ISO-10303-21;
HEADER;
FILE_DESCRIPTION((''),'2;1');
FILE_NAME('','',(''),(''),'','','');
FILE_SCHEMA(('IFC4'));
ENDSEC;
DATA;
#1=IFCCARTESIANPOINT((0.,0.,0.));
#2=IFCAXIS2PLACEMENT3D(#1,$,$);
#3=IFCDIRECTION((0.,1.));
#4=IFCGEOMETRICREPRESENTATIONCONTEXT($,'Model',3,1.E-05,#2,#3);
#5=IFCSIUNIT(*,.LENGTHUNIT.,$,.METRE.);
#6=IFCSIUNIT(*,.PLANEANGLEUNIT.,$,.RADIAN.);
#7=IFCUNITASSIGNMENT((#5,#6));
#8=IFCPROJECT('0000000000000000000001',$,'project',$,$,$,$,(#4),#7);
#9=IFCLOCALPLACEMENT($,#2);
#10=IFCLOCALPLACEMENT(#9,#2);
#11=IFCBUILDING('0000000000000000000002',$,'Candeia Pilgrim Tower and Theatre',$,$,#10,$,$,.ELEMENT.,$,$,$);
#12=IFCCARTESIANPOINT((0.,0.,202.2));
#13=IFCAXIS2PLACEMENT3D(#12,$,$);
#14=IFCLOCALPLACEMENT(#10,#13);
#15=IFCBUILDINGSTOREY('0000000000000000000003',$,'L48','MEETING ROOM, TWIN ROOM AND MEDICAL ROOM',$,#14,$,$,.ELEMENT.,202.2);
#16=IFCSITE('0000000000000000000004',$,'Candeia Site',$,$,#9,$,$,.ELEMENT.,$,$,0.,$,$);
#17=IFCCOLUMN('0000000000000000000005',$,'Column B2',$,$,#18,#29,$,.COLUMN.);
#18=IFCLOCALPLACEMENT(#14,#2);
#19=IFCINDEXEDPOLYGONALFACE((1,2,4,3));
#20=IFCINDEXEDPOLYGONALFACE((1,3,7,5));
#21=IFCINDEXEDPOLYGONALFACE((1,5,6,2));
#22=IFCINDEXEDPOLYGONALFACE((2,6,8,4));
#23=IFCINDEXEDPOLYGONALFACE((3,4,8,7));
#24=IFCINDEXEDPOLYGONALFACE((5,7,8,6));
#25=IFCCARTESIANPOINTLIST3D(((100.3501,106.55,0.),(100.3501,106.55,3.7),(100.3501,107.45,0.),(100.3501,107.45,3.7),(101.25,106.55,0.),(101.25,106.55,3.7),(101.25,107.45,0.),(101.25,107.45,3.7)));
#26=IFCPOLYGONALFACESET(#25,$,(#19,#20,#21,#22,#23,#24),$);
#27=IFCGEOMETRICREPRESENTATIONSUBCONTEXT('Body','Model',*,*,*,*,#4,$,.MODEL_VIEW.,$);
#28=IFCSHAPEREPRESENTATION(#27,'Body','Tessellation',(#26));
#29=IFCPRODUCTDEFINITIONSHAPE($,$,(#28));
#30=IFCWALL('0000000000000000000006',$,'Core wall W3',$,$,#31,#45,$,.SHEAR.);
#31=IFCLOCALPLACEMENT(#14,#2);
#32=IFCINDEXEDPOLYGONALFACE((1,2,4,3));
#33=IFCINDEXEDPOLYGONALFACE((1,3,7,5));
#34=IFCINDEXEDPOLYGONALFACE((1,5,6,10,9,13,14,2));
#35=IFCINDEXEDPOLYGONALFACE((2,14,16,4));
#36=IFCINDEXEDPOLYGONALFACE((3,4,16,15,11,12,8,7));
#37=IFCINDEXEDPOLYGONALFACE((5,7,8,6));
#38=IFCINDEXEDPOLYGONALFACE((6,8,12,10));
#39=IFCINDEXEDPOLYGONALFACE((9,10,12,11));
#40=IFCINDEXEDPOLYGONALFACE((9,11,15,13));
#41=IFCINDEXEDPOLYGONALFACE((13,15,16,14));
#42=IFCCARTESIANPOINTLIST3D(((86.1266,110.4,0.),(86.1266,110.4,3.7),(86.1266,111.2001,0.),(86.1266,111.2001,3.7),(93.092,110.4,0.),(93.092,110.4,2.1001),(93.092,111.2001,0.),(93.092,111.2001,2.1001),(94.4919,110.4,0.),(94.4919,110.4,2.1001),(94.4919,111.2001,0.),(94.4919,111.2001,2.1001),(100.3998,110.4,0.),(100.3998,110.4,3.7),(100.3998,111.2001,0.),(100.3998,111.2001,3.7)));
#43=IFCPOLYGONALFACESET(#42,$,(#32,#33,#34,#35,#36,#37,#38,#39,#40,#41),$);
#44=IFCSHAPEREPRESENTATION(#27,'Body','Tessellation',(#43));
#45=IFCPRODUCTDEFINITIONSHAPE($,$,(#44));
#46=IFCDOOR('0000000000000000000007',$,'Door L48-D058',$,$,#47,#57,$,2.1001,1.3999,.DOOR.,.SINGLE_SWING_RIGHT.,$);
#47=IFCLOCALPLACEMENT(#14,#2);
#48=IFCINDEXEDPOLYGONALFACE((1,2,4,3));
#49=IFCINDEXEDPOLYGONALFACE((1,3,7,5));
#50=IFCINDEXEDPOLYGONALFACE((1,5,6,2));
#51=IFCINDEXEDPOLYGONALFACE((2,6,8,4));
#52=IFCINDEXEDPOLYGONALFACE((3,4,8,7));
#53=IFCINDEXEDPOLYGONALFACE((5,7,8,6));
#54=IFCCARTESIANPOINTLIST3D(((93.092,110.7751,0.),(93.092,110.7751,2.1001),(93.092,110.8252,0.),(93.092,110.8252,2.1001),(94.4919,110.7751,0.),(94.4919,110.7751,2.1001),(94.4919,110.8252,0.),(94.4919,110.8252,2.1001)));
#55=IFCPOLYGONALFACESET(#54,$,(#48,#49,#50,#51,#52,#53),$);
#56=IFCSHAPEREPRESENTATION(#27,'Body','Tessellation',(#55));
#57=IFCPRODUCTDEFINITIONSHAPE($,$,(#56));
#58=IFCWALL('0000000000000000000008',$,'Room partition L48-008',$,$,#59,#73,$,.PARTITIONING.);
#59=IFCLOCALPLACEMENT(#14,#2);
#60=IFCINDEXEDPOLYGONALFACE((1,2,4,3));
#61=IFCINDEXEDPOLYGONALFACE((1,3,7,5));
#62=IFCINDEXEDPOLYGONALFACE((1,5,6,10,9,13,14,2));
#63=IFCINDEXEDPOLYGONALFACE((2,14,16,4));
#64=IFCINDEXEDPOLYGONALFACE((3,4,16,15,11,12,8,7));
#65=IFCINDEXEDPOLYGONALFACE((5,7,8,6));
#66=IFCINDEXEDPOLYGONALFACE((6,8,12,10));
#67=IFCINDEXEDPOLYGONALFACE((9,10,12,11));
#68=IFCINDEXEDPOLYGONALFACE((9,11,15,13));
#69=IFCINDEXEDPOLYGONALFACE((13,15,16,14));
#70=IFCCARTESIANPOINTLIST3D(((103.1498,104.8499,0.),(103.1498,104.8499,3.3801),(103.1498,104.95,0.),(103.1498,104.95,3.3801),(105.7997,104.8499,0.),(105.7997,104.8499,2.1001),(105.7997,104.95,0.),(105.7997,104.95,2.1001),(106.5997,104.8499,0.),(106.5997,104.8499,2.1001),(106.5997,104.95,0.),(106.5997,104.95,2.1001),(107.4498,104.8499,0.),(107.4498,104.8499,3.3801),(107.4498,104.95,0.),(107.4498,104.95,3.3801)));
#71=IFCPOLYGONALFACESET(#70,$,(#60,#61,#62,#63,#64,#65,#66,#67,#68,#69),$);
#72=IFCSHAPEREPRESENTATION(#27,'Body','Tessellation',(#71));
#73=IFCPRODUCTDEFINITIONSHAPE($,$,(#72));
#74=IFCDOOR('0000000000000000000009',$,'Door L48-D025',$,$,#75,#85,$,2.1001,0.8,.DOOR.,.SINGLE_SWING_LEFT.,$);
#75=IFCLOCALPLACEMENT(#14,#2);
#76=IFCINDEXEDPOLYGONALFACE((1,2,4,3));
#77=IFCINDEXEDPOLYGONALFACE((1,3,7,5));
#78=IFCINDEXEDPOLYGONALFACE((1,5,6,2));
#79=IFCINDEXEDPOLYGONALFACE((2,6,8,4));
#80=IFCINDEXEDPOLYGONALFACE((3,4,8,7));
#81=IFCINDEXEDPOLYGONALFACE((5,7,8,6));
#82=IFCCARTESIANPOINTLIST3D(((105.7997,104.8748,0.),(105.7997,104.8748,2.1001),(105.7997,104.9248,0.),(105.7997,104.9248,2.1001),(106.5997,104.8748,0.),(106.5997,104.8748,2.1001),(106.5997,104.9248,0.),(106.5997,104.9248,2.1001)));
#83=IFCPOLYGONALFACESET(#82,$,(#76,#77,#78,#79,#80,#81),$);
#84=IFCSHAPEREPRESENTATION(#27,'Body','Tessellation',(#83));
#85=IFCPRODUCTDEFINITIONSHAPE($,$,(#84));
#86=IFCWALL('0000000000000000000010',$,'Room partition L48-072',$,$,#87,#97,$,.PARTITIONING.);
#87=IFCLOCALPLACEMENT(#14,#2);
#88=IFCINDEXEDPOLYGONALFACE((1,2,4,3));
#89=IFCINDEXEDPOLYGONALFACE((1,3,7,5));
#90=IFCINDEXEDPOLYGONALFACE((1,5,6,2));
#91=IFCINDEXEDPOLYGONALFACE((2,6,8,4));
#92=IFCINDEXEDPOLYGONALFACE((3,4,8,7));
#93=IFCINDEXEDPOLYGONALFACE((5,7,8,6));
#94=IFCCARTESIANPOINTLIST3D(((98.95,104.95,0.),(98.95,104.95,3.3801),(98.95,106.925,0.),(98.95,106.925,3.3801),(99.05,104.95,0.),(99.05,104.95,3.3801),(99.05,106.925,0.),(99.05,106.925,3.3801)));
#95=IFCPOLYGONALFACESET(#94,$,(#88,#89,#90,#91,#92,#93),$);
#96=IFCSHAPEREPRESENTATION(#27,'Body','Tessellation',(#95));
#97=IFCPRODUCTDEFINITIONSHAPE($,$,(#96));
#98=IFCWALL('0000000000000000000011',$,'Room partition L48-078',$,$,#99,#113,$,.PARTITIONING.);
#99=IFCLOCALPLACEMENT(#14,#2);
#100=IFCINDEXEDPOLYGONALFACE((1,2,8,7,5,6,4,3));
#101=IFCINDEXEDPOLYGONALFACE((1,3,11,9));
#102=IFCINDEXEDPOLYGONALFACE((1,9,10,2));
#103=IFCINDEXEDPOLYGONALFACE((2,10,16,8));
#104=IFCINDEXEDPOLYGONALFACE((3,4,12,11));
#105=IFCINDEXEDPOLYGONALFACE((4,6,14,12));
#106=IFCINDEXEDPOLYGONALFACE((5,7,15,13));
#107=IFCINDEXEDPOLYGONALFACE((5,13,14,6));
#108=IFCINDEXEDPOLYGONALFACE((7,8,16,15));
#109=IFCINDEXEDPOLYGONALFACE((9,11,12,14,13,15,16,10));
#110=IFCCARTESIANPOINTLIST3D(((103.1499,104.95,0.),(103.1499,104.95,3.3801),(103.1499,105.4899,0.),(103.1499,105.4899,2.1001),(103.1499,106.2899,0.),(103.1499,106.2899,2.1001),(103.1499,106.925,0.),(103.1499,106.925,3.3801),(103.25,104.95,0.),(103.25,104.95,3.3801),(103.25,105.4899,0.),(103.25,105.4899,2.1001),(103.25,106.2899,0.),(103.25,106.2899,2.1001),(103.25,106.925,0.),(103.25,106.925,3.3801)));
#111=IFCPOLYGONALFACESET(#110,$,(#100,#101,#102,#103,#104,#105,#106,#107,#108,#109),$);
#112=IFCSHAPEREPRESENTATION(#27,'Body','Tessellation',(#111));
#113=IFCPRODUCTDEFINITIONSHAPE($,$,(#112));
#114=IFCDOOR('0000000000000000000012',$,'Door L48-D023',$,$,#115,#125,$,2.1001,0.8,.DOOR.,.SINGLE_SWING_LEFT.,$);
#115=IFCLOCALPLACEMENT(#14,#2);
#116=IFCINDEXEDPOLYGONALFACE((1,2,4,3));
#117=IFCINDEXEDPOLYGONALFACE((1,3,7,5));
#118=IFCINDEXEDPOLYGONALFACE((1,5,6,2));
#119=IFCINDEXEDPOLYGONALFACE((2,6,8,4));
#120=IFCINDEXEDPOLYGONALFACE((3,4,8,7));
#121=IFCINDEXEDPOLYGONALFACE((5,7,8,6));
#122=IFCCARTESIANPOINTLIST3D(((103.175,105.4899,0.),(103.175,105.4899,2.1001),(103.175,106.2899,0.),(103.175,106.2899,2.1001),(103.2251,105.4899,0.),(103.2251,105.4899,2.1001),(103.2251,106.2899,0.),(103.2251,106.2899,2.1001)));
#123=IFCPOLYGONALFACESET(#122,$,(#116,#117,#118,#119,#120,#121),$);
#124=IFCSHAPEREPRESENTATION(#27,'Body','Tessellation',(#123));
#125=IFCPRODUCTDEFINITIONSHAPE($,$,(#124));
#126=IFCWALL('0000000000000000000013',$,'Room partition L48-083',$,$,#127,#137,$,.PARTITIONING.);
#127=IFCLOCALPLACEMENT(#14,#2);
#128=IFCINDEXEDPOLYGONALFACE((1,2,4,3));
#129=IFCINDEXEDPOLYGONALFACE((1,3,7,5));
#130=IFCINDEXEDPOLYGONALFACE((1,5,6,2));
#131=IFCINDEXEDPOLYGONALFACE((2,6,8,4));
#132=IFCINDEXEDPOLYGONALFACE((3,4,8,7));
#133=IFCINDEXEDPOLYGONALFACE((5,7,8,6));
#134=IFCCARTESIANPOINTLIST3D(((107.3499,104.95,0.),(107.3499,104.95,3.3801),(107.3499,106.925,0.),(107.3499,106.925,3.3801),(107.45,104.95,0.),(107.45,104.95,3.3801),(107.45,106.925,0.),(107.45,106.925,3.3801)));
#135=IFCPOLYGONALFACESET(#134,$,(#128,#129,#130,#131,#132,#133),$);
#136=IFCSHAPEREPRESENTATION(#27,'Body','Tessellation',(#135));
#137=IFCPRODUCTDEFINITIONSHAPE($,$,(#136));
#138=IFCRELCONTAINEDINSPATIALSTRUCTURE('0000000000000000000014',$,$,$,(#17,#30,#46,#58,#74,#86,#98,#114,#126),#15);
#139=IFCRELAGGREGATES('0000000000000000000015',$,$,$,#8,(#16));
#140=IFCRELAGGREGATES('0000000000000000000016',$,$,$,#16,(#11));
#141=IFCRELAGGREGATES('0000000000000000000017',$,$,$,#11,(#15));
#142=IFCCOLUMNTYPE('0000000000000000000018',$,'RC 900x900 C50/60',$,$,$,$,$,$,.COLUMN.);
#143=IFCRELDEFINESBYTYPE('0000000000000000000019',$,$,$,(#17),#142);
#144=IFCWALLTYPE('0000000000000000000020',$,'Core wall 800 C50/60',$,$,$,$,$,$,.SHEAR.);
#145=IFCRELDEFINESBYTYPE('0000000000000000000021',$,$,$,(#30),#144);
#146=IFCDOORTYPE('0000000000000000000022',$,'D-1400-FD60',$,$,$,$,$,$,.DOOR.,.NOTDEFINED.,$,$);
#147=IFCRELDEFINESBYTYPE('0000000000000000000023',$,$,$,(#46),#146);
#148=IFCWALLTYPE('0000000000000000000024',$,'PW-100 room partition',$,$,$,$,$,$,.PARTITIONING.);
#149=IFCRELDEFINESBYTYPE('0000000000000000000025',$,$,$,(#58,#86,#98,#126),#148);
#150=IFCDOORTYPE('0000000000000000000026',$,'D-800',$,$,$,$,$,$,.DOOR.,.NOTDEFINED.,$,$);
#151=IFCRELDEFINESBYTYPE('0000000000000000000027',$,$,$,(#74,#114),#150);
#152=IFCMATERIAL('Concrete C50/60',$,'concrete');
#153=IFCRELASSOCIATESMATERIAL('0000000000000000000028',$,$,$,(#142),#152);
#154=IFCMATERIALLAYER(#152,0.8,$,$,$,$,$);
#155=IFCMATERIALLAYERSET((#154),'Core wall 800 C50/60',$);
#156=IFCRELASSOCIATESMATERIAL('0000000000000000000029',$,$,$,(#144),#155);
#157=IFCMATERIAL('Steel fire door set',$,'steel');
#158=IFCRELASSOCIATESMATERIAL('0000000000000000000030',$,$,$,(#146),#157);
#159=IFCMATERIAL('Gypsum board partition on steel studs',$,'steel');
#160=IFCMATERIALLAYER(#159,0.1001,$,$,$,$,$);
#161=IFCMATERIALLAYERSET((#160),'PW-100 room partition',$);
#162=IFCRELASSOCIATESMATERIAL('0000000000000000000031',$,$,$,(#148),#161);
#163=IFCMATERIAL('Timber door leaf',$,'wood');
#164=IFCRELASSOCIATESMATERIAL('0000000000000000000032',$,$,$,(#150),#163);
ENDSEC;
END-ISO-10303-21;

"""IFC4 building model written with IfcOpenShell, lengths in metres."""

from ifc_helpers import new_model, si_unit, direction, frame, frame_2d, origin, origin_2d, place, context, subcontext, project, spatial, rectangle, extrude, material, layer, layer_set, material_profile, profile_set, type_object, element, fill, save


model = new_model("IFC4")

# Units and contexts
model_context = context("Model", 3, precision=1e-05, world=origin(), true_north=direction((0.0, 1.0)))
body_context = subcontext(model_context, "Body", "Model", "MODEL_VIEW")
ifc_project = project(units=[si_unit("LENGTHUNIT", "METRE"), si_unit("PLANEANGLEUNIT", "RADIAN")], contexts=[model_context])

# Site, building, storey
site_placement = place(None, origin())
site = spatial("IfcSite", under=ifc_project, at=site_placement, Name="Candeia Site", CompositionType="ELEMENT", RefElevation=0.0)
building_placement = place(site_placement, origin())
building = spatial("IfcBuilding", under=site, at=building_placement, Name="Candeia Pilgrim Tower and Theatre", CompositionType="ELEMENT")
storey_placement = place(building_placement, frame((0.0, 0.0, 202.2)))
storey = spatial("IfcBuildingStorey", under=building, at=storey_placement, Name="L48", Description="MEETING ROOM, TWIN ROOM AND MEDICAL ROOM", CompositionType="ELEMENT", Elevation=202.2)

# Column
ifc_material_1 = material(Name="Concrete C50/60", Category="concrete")
ifc_material_profile = material_profile(ifc_material_1, rectangle(XDim=0.8999, YDim=0.8999, at=origin_2d()))
ifc_profile_set = profile_set([ifc_material_profile], Name="Concrete C50/60")
column_type = type_object("IfcColumnType", Name="RC 900x900 C50/60", PredefinedType="COLUMN", material=ifc_profile_set)
column_placement = place(storey_placement, frame((100.8, 107.0, 0.0), z_axis=(0.0, 0.0, 1.0), x_axis=(1.0, 0.0, 0.0)))
element("IfcColumn", 1, at=column_placement, inside=storey, type_object=column_type, Name="Column B2", PredefinedType="COLUMN", context=body_context, shape_type="SweptSolid", body=[
    extrude(rectangle(XDim=0.8999, YDim=0.8999, at=origin_2d()), origin(), (0.0, 0.0, 1.0), 3.7),
])

# Walls, openings, doors
ifc_layer_1 = layer(ifc_material_1, 0.8)
ifc_layer_set_1 = layer_set([ifc_layer_1], Name="Core wall 800 C50/60")
wall_type_1 = type_object("IfcWallType", Name="Core wall 800 C50/60", PredefinedType="SHEAR", material=ifc_layer_set_1)
wall_1_placement = place(storey_placement, frame((100.3999, 110.8, 0.0), z_axis=(0.0, 0.0, 1.0), x_axis=(-1.0, 0.0, 0.0)))
wall_1 = element("IfcWall", 2, at=wall_1_placement, inside=storey, type_object=wall_type_1, Name="Core wall W3", PredefinedType="SHEAR", context=body_context, shape_type="SweptSolid", body=[
    extrude(rectangle(XDim=14.2732, YDim=0.8, at=frame_2d((7.1367, 0.0))), origin(), (0.0, 0.0, 1.0), 3.7),
])
opening_1_placement = place(wall_1_placement, frame((5.908, 0.0, 0.0)))
opening_1 = element("IfcOpeningElement", 3, at=opening_1_placement, cuts=wall_1, PredefinedType="OPENING", context=body_context, shape_type="SweptSolid", body=[
    extrude(rectangle(XDim=1.3999, YDim=2.1001, at=frame_2d((0.7, 1.05))), frame((0.0, 0.4102, 0.0), z_axis=(0.0, -1.0, 0.0), x_axis=(1.0, 0.0, 0.0)), (0.0, 0.0, 1.0), 0.8201),
])
ifc_material_2 = material(Name="Steel fire door set", Category="steel")
door_type_1 = type_object("IfcDoorType", Name="D-1400-FD60", OperationType="NOTDEFINED", PredefinedType="DOOR", material=ifc_material_2)
door_1_placement = place(opening_1_placement, origin())
door_1 = element("IfcDoor", 4, at=door_1_placement, inside=storey, type_object=door_type_1, Name="Door L48-D058", OperationType="SINGLE_SWING_RIGHT", OverallHeight=2.1001, OverallWidth=1.3999, PredefinedType="DOOR", context=body_context, shape_type="SweptSolid", body=[
    extrude(rectangle(XDim=1.3999, YDim=2.1001, at=frame_2d((0.7, 1.05))), frame((0.0, 0.0249, 0.0), z_axis=(0.0, -1.0, 0.0), x_axis=(1.0, 0.0, 0.0)), (0.0, 0.0, 1.0), 0.05),
])
fill(opening_1, door_1)
ifc_material_3 = material(Name="Gypsum board partition on steel studs", Category="steel")
ifc_layer_2 = layer(ifc_material_3, 0.1001)
ifc_layer_set_2 = layer_set([ifc_layer_2], Name="PW-100 room partition")
wall_type_2 = type_object("IfcWallType", Name="PW-100 room partition", PredefinedType="PARTITIONING", material=ifc_layer_set_2)
wall_2_placement = place(storey_placement, frame((103.1499, 104.8999, 0.0), z_axis=(0.0, 0.0, 1.0), x_axis=(1.0, 0.0, 0.0)))
wall_2 = element("IfcWall", 5, at=wall_2_placement, inside=storey, type_object=wall_type_2, Name="Room partition L48-008", PredefinedType="PARTITIONING", context=body_context, shape_type="SweptSolid", body=[
    extrude(rectangle(XDim=4.3, YDim=0.1001, at=frame_2d((2.1499, 0.0))), origin(), (0.0, 0.0, 1.0), 3.3801),
])
opening_2_placement = place(wall_2_placement, frame((2.6499, 0.0, 0.0)))
opening_2 = element("IfcOpeningElement", 6, at=opening_2_placement, cuts=wall_2, PredefinedType="OPENING", context=body_context, shape_type="SweptSolid", body=[
    extrude(rectangle(XDim=0.8, YDim=2.1001, at=frame_2d((0.3999, 1.05))), frame((0.0, 0.0601, 0.0), z_axis=(0.0, -1.0, 0.0), x_axis=(1.0, 0.0, 0.0)), (0.0, 0.0, 1.0), 0.1201),
])
ifc_material_4 = material(Name="Timber door leaf", Category="wood")
door_type_2 = type_object("IfcDoorType", Name="D-800", OperationType="NOTDEFINED", PredefinedType="DOOR", material=ifc_material_4)
door_2_placement = place(opening_2_placement, origin())
door_2 = element("IfcDoor", 7, at=door_2_placement, inside=storey, type_object=door_type_2, Name="Door L48-D025", OperationType="SINGLE_SWING_LEFT", OverallHeight=2.1001, OverallWidth=0.8, PredefinedType="DOOR", context=body_context, shape_type="SweptSolid", body=[
    extrude(rectangle(XDim=0.8, YDim=2.1001, at=frame_2d((0.3999, 1.05))), frame((0.0, 0.0249, 0.0), z_axis=(0.0, -1.0, 0.0), x_axis=(1.0, 0.0, 0.0)), (0.0, 0.0, 1.0), 0.05),
])
fill(opening_2, door_2)

# Wall
wall_3_placement = place(storey_placement, frame((99.0, 104.95, 0.0), z_axis=(0.0, 0.0, 1.0), x_axis=(0.0, 1.0, 0.0)))
element("IfcWall", 8, at=wall_3_placement, inside=storey, type_object=wall_type_2, Name="Room partition L48-072", PredefinedType="PARTITIONING", context=body_context, shape_type="SweptSolid", body=[
    extrude(rectangle(XDim=1.9751, YDim=0.1001, at=frame_2d((0.9875, 0.0))), origin(), (0.0, 0.0, 1.0), 3.3801),
])

# Wall, opening, door
wall_4_placement = place(storey_placement, frame((103.2, 104.95, 0.0), z_axis=(0.0, 0.0, 1.0), x_axis=(0.0, 1.0, 0.0)))
wall_4 = element("IfcWall", 9, at=wall_4_placement, inside=storey, type_object=wall_type_2, Name="Room partition L48-078", PredefinedType="PARTITIONING", context=body_context, shape_type="SweptSolid", body=[
    extrude(rectangle(XDim=1.9751, YDim=0.1001, at=frame_2d((0.9875, 0.0))), origin(), (0.0, 0.0, 1.0), 3.3801),
])
opening_3_placement = place(wall_4_placement, frame((0.54, 0.0, 0.0)))
opening_3 = element("IfcOpeningElement", 10, at=opening_3_placement, cuts=wall_4, PredefinedType="OPENING", context=body_context, shape_type="SweptSolid", body=[
    extrude(rectangle(XDim=0.8, YDim=2.1001, at=frame_2d((0.3999, 1.05))), frame((0.0, 0.0601, 0.0), z_axis=(0.0, -1.0, 0.0), x_axis=(1.0, 0.0, 0.0)), (0.0, 0.0, 1.0), 0.1201),
])
door_3_placement = place(opening_3_placement, origin())
door_3 = element("IfcDoor", 11, at=door_3_placement, inside=storey, type_object=door_type_2, Name="Door L48-D023", OperationType="SINGLE_SWING_LEFT", OverallHeight=2.1001, OverallWidth=0.8, PredefinedType="DOOR", context=body_context, shape_type="SweptSolid", body=[
    extrude(rectangle(XDim=0.8, YDim=2.1001, at=frame_2d((0.3999, 1.05))), frame((0.0, 0.0249, 0.0), z_axis=(0.0, -1.0, 0.0), x_axis=(1.0, 0.0, 0.0)), (0.0, 0.0, 1.0), 0.05),
])
fill(opening_3, door_3)

# Wall
wall_5_placement = place(storey_placement, frame((107.3999, 104.95, 0.0), z_axis=(0.0, 0.0, 1.0), x_axis=(0.0, 1.0, 0.0)))
element("IfcWall", 12, at=wall_5_placement, inside=storey, type_object=wall_type_2, Name="Room partition L48-083", PredefinedType="PARTITIONING", context=body_context, shape_type="SweptSolid", body=[
    extrude(rectangle(XDim=1.9751, YDim=0.1001, at=frame_2d((0.9875, 0.0))), origin(), (0.0, 0.0, 1.0), 3.3801),
])

save(model, "model.ifc")
